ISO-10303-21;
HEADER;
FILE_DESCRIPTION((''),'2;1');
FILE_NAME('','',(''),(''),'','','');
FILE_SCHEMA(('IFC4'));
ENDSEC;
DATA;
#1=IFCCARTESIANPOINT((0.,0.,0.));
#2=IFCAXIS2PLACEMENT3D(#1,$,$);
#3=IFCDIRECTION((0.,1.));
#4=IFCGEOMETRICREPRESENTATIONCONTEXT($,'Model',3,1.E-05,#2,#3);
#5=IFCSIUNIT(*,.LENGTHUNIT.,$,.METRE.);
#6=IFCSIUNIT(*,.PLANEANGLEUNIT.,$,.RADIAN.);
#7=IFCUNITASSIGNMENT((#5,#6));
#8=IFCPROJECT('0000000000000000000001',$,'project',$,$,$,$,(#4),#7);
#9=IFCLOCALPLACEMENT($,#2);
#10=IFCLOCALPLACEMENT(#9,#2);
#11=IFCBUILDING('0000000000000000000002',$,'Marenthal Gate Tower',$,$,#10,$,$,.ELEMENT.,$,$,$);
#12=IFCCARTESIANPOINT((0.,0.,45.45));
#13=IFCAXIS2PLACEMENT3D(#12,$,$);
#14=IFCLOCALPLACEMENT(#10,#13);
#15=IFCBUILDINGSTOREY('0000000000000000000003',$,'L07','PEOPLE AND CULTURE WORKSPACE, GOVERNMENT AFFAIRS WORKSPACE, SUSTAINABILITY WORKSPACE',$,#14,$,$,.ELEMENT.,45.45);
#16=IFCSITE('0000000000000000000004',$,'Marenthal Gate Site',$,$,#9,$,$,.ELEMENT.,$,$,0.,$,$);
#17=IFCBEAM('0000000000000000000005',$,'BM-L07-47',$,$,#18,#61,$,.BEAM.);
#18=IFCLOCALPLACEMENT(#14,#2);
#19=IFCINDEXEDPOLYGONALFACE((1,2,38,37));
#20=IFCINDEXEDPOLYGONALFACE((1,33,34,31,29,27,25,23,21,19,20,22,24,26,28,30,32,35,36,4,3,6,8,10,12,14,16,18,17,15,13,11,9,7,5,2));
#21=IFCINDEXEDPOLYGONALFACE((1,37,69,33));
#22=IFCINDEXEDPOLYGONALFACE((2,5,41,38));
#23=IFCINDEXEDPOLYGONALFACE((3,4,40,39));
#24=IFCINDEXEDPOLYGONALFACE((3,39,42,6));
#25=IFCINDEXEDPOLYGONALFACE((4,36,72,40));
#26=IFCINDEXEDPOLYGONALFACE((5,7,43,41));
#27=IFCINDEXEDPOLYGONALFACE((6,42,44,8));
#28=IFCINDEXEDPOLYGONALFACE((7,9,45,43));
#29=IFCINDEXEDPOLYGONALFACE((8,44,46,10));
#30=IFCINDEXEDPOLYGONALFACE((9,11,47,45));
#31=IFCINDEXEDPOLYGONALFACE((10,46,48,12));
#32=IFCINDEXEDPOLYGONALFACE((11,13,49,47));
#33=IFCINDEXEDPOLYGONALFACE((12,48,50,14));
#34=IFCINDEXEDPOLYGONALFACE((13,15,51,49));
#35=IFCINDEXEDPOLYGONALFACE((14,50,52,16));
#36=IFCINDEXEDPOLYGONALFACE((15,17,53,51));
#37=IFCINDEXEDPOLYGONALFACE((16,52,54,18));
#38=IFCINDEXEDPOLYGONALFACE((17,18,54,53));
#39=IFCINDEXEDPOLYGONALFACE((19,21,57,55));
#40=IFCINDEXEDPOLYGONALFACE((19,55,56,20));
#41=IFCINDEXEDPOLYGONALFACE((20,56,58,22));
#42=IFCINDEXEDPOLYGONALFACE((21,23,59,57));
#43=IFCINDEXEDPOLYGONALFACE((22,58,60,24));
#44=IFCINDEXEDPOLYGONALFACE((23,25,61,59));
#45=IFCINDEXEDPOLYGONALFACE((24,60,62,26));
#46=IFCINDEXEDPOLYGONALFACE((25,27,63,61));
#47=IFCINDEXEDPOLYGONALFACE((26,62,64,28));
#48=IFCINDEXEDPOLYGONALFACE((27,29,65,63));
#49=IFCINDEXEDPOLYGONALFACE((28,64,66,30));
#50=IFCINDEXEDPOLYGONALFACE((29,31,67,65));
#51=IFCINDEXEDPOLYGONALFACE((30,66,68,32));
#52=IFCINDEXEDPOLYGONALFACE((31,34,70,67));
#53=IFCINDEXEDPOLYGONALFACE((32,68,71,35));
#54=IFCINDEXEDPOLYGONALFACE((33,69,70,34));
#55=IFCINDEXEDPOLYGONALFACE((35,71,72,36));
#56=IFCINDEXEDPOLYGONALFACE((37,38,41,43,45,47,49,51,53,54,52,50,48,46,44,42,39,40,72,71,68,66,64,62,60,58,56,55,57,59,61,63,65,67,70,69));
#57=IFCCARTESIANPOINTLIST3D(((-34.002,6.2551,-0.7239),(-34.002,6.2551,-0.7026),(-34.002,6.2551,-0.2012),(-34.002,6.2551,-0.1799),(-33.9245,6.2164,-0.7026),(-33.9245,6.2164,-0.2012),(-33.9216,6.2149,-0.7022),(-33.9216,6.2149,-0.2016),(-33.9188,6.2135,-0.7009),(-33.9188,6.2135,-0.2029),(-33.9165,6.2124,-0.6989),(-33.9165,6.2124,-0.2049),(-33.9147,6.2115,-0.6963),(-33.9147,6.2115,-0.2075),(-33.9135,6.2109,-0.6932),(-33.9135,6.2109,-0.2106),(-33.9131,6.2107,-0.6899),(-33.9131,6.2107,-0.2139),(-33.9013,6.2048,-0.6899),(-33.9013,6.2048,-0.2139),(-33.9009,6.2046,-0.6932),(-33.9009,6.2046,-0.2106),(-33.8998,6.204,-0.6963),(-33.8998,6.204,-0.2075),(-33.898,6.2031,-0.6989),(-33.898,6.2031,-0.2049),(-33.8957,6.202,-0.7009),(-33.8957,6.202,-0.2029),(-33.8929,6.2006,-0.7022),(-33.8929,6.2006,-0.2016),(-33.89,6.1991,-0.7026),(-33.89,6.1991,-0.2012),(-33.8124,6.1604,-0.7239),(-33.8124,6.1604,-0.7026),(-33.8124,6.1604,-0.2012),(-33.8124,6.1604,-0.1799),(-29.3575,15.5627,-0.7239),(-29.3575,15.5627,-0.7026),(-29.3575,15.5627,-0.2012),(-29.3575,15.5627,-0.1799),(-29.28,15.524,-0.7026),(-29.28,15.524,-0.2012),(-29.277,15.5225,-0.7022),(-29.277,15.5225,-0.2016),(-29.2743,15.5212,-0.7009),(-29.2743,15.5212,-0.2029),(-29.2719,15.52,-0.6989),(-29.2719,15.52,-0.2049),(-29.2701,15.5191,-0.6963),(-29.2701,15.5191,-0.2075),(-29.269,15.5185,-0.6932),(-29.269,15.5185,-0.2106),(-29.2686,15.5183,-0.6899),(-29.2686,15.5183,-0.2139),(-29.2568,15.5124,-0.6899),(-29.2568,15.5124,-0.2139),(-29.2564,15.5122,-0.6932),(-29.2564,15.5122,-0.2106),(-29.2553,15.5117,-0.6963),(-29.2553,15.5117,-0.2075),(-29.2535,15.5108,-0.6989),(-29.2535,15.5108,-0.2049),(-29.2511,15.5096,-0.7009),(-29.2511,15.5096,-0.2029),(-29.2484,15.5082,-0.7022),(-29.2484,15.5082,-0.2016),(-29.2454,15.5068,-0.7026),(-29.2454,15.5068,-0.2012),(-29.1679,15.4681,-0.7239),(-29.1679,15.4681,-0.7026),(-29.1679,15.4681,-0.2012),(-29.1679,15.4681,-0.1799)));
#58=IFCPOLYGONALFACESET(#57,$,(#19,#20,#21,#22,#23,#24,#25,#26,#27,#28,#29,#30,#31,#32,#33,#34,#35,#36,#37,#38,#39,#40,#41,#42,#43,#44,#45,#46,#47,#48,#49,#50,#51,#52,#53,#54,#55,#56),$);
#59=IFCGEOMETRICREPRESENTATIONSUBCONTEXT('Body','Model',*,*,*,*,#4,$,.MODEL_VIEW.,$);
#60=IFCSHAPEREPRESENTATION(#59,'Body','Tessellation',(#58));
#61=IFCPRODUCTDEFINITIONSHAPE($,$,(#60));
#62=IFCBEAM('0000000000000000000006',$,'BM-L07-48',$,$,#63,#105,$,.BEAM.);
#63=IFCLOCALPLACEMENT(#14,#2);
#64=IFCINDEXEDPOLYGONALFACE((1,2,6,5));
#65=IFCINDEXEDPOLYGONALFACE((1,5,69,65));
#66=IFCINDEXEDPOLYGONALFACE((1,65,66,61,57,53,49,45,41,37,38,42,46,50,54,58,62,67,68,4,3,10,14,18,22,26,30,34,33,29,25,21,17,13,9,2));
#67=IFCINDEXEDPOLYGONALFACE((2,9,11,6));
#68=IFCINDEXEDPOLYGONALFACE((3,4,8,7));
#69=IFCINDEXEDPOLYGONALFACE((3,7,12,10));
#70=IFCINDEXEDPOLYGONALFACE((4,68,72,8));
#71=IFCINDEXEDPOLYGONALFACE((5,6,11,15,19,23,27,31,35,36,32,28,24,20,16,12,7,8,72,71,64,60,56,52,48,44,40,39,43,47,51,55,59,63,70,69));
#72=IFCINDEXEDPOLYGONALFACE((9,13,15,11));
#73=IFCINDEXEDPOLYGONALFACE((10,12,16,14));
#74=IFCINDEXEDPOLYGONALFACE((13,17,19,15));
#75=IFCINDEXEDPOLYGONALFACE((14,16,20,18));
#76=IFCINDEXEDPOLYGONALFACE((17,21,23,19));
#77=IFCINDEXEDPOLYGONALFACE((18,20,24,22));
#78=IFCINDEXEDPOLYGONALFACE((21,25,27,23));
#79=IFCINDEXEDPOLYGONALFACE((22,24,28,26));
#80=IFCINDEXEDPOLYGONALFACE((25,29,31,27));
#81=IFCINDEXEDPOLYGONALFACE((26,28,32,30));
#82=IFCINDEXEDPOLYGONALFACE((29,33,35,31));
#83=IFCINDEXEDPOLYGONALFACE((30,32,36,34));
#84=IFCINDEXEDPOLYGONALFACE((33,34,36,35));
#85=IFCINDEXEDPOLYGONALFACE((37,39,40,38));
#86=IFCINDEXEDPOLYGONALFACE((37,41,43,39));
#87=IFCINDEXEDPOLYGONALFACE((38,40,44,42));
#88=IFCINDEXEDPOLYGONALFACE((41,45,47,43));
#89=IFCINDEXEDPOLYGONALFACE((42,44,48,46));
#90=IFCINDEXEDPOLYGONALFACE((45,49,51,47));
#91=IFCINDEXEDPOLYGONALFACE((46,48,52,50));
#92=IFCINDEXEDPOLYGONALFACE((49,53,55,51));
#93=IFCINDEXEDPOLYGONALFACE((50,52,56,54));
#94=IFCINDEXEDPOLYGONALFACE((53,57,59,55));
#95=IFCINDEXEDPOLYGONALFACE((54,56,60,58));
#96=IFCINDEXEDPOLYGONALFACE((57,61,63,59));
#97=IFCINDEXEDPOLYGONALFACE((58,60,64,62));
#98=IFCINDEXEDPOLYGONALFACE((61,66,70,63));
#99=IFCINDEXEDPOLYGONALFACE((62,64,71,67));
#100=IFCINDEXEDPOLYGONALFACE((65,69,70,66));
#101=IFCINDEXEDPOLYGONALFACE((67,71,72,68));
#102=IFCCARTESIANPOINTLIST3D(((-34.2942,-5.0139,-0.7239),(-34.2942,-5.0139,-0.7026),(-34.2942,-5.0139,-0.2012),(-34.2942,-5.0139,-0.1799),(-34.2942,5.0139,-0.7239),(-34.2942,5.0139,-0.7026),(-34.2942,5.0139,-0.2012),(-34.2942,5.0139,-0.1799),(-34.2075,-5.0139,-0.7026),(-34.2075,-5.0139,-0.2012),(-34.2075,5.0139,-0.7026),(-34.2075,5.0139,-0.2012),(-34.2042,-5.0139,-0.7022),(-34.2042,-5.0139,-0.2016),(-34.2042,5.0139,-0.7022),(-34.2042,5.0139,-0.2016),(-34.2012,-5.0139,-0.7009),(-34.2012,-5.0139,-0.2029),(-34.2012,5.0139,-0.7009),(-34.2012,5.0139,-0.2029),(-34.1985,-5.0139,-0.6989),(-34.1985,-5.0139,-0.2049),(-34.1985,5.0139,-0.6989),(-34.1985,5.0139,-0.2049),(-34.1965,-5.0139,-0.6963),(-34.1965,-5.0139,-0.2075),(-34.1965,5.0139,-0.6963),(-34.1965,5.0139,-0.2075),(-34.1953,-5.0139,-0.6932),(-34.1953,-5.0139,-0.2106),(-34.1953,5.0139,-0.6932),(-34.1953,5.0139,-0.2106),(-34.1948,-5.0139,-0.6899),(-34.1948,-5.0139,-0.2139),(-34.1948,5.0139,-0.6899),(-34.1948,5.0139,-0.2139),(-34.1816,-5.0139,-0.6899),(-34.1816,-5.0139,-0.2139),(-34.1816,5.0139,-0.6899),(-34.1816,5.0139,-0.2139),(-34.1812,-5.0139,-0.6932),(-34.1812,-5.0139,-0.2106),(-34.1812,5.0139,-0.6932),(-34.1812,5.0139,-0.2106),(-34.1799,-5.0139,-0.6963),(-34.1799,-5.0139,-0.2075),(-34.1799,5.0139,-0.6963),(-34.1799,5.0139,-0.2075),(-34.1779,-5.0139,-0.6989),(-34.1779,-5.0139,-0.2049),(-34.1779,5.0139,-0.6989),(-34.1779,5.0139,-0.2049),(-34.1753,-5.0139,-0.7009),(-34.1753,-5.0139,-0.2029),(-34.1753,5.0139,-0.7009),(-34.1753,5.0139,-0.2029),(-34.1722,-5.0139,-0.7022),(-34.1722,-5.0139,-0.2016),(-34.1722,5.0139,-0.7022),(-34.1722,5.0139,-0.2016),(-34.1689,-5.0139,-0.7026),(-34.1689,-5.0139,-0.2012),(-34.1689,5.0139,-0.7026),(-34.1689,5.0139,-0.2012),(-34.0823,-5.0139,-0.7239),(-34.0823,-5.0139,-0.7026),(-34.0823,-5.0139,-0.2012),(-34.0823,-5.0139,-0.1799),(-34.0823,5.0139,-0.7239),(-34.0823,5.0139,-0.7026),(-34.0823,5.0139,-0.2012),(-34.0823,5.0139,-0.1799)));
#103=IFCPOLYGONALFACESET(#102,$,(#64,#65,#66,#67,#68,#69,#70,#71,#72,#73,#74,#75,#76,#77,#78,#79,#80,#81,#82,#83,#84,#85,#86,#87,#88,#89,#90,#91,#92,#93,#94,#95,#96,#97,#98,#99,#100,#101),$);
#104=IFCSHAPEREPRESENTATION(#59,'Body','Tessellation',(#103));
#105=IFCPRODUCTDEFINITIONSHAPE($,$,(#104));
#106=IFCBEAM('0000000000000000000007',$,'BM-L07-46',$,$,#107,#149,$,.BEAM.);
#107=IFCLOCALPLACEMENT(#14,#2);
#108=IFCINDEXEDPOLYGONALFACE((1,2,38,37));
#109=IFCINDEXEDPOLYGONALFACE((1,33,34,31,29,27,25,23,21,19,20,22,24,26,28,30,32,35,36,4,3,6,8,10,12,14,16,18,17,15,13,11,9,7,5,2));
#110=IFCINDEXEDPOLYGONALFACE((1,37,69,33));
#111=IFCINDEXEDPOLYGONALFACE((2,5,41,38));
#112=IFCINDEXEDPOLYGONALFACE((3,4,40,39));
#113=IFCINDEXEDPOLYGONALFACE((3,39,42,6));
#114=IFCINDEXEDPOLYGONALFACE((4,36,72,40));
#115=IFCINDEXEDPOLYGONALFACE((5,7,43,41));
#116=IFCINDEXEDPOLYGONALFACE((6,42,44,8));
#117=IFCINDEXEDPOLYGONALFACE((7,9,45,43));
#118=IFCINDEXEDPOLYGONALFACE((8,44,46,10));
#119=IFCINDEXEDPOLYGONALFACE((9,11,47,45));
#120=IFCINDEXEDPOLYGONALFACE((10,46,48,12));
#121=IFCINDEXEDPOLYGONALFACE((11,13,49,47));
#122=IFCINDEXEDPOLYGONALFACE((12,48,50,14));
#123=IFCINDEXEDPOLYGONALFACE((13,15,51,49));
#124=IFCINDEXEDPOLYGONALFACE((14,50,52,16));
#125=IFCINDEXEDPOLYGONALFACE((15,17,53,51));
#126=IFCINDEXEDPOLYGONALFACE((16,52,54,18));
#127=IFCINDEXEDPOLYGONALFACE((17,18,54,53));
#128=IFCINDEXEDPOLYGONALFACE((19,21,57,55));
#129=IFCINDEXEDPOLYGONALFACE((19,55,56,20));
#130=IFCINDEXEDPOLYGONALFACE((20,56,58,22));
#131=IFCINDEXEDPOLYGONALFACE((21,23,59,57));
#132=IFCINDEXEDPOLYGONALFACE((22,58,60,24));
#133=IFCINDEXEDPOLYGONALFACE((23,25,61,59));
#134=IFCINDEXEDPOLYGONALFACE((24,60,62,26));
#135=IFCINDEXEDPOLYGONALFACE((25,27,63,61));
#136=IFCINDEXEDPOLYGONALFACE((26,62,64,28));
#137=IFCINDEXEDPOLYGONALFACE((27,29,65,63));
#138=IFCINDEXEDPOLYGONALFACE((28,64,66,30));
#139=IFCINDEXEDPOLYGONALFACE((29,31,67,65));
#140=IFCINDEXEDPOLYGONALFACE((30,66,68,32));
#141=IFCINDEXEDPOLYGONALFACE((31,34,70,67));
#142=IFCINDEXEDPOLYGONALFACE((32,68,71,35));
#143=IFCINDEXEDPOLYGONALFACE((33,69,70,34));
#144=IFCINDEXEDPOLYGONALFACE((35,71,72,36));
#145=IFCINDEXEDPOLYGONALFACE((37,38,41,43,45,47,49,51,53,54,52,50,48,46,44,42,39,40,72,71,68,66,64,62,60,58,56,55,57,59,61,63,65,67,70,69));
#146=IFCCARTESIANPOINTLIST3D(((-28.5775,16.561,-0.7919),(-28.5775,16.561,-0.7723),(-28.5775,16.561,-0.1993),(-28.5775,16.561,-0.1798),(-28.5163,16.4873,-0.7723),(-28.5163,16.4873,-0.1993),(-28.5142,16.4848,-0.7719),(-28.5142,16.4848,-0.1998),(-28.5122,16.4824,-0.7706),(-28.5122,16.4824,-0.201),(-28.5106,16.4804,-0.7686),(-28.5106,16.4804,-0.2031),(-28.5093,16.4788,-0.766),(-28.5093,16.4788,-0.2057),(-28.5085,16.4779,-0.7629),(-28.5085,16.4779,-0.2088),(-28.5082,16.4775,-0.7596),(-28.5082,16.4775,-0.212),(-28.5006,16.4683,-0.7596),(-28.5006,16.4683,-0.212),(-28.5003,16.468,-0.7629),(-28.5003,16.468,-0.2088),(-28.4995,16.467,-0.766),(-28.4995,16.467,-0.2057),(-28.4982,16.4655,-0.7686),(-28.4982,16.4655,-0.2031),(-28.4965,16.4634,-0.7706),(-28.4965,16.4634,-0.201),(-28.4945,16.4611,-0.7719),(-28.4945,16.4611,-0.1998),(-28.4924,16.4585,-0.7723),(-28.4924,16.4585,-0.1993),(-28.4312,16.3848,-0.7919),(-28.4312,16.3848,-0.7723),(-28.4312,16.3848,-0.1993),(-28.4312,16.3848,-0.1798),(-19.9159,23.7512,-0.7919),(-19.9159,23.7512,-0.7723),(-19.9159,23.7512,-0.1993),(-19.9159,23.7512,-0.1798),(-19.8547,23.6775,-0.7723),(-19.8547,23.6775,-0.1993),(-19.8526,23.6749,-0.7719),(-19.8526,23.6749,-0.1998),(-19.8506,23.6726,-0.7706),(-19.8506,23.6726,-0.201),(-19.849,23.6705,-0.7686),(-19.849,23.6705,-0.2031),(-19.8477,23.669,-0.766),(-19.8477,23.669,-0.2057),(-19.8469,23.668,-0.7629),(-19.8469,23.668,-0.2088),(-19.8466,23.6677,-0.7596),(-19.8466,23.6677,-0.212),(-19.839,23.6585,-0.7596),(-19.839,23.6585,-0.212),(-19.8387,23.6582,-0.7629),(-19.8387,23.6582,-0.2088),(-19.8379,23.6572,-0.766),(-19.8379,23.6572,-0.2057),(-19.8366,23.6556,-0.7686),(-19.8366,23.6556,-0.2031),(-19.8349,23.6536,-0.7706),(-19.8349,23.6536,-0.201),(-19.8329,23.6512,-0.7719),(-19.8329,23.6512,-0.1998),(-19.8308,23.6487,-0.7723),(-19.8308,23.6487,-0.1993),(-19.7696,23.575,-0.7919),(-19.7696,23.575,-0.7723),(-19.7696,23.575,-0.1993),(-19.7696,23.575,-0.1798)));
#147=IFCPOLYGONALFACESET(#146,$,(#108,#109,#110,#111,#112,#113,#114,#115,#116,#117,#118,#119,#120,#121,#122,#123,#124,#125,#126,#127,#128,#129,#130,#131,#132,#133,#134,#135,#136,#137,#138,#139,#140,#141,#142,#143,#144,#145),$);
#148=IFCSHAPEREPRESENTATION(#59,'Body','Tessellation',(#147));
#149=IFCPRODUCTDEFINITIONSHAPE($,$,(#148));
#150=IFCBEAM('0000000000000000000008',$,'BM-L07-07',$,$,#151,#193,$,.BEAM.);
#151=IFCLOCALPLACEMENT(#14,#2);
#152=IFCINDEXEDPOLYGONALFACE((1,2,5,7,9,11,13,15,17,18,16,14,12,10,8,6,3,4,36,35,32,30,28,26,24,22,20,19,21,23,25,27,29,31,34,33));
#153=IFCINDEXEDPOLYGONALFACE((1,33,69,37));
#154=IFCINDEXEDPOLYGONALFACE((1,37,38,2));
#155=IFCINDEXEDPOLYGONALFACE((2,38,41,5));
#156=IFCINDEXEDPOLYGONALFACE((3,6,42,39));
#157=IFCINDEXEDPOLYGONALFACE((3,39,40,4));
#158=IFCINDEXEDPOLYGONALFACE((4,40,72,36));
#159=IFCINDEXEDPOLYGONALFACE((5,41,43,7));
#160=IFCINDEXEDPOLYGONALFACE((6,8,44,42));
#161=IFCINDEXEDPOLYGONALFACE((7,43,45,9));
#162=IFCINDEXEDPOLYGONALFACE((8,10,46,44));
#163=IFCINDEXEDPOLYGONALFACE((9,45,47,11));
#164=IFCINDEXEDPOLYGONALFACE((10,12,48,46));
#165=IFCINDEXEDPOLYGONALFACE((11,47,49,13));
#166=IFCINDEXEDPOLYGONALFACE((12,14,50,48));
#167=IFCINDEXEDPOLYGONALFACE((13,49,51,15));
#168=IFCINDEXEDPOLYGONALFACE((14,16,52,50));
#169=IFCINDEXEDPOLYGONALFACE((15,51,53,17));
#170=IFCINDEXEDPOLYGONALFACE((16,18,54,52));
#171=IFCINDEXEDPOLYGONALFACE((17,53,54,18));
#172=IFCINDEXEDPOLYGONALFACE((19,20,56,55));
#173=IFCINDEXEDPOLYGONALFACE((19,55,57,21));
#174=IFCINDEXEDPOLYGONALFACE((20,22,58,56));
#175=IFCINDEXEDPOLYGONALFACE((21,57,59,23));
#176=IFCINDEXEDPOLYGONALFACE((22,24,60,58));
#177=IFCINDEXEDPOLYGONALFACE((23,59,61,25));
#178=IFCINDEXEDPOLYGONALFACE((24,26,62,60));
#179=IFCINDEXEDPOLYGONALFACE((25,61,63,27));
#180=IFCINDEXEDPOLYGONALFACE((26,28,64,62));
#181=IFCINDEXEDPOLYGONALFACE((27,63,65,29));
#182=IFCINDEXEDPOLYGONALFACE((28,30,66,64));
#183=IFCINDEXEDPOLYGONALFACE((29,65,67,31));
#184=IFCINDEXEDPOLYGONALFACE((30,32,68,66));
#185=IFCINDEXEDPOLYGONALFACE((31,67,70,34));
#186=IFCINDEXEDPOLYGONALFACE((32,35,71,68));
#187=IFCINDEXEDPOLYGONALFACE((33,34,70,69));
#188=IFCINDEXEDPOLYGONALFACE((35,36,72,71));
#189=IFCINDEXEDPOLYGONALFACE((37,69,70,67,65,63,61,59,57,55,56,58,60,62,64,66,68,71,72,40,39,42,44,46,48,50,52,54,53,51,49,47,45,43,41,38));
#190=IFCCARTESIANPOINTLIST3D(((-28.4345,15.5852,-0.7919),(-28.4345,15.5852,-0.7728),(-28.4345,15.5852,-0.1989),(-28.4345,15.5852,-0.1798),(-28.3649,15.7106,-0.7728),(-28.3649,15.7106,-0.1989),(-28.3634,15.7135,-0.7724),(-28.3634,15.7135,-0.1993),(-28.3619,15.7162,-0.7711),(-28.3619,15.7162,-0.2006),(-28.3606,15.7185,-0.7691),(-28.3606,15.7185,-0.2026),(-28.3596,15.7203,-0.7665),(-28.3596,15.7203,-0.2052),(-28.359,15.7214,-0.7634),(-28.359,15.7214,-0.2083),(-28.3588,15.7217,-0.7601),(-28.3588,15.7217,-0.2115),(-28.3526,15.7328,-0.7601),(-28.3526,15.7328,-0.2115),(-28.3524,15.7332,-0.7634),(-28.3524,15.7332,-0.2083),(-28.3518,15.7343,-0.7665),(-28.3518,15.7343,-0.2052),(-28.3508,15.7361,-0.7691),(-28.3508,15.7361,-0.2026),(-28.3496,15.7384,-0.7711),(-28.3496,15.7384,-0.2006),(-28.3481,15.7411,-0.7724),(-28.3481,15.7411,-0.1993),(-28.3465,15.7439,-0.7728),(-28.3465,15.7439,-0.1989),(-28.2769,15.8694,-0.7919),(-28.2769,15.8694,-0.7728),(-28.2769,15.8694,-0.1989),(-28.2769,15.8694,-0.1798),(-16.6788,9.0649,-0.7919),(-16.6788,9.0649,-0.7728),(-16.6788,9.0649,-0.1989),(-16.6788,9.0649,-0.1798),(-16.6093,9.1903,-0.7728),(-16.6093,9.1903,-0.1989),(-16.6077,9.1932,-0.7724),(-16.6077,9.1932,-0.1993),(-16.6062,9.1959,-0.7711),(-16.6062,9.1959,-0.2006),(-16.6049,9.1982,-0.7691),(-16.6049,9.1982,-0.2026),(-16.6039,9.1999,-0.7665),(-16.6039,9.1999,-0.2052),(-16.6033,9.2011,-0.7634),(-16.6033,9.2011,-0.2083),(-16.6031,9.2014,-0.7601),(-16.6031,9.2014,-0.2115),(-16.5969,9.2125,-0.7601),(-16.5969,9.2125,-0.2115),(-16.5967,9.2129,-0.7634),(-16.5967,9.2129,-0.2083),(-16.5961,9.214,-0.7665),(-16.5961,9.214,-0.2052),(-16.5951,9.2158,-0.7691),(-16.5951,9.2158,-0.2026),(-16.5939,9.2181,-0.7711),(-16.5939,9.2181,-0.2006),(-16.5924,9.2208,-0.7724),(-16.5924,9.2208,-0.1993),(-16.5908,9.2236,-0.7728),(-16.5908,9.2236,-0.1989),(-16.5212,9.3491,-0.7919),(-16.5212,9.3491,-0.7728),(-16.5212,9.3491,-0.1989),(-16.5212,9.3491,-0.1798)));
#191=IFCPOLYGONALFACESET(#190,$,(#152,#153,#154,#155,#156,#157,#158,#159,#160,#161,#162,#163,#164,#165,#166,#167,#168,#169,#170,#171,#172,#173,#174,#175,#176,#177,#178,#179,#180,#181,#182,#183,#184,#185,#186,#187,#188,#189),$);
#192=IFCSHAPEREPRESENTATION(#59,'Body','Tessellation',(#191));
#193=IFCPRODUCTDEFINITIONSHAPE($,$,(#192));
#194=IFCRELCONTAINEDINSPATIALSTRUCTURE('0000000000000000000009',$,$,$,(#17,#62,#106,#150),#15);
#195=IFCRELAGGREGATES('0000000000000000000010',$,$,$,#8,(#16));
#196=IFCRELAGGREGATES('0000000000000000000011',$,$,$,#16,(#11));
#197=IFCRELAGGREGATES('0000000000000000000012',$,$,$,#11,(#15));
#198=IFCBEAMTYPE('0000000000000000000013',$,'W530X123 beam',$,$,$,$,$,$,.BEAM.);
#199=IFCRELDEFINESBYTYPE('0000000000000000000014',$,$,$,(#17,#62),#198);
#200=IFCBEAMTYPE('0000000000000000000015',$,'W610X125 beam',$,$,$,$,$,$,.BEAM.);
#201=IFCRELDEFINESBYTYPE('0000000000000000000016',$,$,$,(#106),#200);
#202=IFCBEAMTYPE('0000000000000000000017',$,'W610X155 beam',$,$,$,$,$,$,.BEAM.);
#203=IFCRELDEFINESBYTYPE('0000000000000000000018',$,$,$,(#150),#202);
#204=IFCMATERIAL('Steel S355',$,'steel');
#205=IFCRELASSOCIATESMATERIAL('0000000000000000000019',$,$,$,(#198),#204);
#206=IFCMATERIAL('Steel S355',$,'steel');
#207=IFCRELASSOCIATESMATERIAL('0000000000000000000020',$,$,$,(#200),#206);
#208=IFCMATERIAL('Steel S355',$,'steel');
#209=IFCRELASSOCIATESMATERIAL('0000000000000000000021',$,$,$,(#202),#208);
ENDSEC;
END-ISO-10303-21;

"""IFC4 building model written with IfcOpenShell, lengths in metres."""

from ifc_helpers import new_model, si_unit, direction, frame, origin, origin_2d, place, context, subcontext, project, spatial, i_section, extrude, material, material_profile, profile_set, type_object, element, save


model = new_model("IFC4")

# Units and contexts
model_context = context("Model", 3, precision=1e-05, world=origin(), true_north=direction((0.0, 1.0)))
body_context = subcontext(model_context, "Body", "Model", "MODEL_VIEW")
ifc_project = project(units=[si_unit("LENGTHUNIT", "METRE"), si_unit("PLANEANGLEUNIT", "RADIAN")], contexts=[model_context])

# Site, building, storey
site_placement = place(None, origin())
site = spatial("IfcSite", under=ifc_project, at=site_placement, Name="Marenthal Gate Site", CompositionType="ELEMENT", RefElevation=0.0)
building_placement = place(site_placement, origin())
building = spatial("IfcBuilding", under=site, at=building_placement, Name="Marenthal Gate Tower", CompositionType="ELEMENT")
storey_placement = place(building_placement, frame((0.0, 0.0, 45.45)))
storey = spatial("IfcBuildingStorey", under=building, at=storey_placement, Name="L07", Description="PEOPLE AND CULTURE WORKSPACE, GOVERNMENT AFFAIRS WORKSPACE, SUSTAINABILITY WORKSPACE", CompositionType="ELEMENT", Elevation=45.45)

# Beams
ifc_material_1 = material(Name="Steel S355", Category="steel")
ifc_material_profile_1 = material_profile(ifc_material_1, i_section(OverallWidth=0.2119, OverallDepth=0.5439, WebThickness=0.0132, FlangeThickness=0.0212, FilletRadius=0.0127, at=origin_2d()), Name="W530X123")
ifc_profile_set_1 = profile_set([ifc_material_profile_1], Name="Steel S355")
beam_type_1 = type_object("IfcBeamType", Name="W530X123 beam", PredefinedType="BEAM", material=ifc_profile_set_1)
beam_1_placement = place(storey_placement, frame((-29.2627, 15.5154, -0.4519), z_axis=(-0.4465, -0.894784, 0.0), x_axis=(0.894784, -0.4465, 0.0)))
element("IfcBeam", 1, at=beam_1_placement, inside=storey, type_object=beam_type_1, Name="BM-L07-47", PredefinedType="BEAM", context=body_context, shape_type="SweptSolid", body=[
    extrude(i_section(OverallWidth=0.2119, OverallDepth=0.5439, WebThickness=0.0132, FlangeThickness=0.0212, FilletRadius=0.0127, at=origin_2d()), origin(), (0.0, 0.0, 1.0), 10.4021),
])
beam_2_placement = place(storey_placement, frame((-34.1882, 5.0139, -0.4519), z_axis=(0.0, -1.0, 0.0), x_axis=(1.0, 0.0, 0.0)))
element("IfcBeam", 2, at=beam_2_placement, inside=storey, type_object=beam_type_1, Name="BM-L07-48", PredefinedType="BEAM", context=body_context, shape_type="SweptSolid", body=[
    extrude(i_section(OverallWidth=0.2119, OverallDepth=0.5439, WebThickness=0.0132, FlangeThickness=0.0212, FilletRadius=0.0127, at=origin_2d()), origin(), (0.0, 0.0, 1.0), 10.0278),
])
ifc_material_2 = material(Name="Steel S355", Category="steel")
ifc_material_profile_2 = material_profile(ifc_material_2, i_section(OverallWidth=0.229, OverallDepth=0.6121, WebThickness=0.012, FlangeThickness=0.0195, FilletRadius=0.0127, at=origin_2d()), Name="W610X125")
ifc_profile_set_2 = profile_set([ifc_material_profile_2], Name="Steel S355")
beam_type_2 = type_object("IfcBeamType", Name="W610X125 beam", PredefinedType="BEAM", material=ifc_profile_set_2)
beam_3_placement = place(storey_placement, frame((-19.8428, 23.6631, -0.4858), z_axis=(-0.769436, -0.638724, 0.0), x_axis=(0.638724, -0.769436, 0.0)))
element("IfcBeam", 3, at=beam_3_placement, inside=storey, type_object=beam_type_2, Name="BM-L07-46", PredefinedType="BEAM", context=body_context, shape_type="SweptSolid", body=[
    extrude(i_section(OverallWidth=0.229, OverallDepth=0.6121, WebThickness=0.012, FlangeThickness=0.0195, FilletRadius=0.0127, at=origin_2d()), origin(), (0.0, 0.0, 1.0), 11.2571),
])
ifc_material_3 = material(Name="Steel S355", Category="steel")
ifc_material_profile_3 = material_profile(ifc_material_3, i_section(OverallWidth=0.325, OverallDepth=0.6121, WebThickness=0.0127, FlangeThickness=0.019, FilletRadius=0.0127, at=origin_2d()), Name="W610X155")
ifc_profile_set_3 = profile_set([ifc_material_profile_3], Name="Steel S355")
beam_type_3 = type_object("IfcBeamType", Name="W610X155 beam", PredefinedType="BEAM", material=ifc_profile_set_3)
beam_4_placement = place(storey_placement, frame((-28.3557, 15.7273, -0.4858), z_axis=(0.874493, -0.485038, 0.0), x_axis=(0.485038, 0.874493, 0.0)))
element("IfcBeam", 4, at=beam_4_placement, inside=storey, type_object=beam_type_3, Name="BM-L07-07", PredefinedType="BEAM", context=body_context, shape_type="SweptSolid", body=[
    extrude(i_section(OverallWidth=0.325, OverallDepth=0.6121, WebThickness=0.0127, FlangeThickness=0.019, FilletRadius=0.0127, at=origin_2d()), origin(), (0.0, 0.0, 1.0), 13.4429),
])

save(model, "model.ifc")
